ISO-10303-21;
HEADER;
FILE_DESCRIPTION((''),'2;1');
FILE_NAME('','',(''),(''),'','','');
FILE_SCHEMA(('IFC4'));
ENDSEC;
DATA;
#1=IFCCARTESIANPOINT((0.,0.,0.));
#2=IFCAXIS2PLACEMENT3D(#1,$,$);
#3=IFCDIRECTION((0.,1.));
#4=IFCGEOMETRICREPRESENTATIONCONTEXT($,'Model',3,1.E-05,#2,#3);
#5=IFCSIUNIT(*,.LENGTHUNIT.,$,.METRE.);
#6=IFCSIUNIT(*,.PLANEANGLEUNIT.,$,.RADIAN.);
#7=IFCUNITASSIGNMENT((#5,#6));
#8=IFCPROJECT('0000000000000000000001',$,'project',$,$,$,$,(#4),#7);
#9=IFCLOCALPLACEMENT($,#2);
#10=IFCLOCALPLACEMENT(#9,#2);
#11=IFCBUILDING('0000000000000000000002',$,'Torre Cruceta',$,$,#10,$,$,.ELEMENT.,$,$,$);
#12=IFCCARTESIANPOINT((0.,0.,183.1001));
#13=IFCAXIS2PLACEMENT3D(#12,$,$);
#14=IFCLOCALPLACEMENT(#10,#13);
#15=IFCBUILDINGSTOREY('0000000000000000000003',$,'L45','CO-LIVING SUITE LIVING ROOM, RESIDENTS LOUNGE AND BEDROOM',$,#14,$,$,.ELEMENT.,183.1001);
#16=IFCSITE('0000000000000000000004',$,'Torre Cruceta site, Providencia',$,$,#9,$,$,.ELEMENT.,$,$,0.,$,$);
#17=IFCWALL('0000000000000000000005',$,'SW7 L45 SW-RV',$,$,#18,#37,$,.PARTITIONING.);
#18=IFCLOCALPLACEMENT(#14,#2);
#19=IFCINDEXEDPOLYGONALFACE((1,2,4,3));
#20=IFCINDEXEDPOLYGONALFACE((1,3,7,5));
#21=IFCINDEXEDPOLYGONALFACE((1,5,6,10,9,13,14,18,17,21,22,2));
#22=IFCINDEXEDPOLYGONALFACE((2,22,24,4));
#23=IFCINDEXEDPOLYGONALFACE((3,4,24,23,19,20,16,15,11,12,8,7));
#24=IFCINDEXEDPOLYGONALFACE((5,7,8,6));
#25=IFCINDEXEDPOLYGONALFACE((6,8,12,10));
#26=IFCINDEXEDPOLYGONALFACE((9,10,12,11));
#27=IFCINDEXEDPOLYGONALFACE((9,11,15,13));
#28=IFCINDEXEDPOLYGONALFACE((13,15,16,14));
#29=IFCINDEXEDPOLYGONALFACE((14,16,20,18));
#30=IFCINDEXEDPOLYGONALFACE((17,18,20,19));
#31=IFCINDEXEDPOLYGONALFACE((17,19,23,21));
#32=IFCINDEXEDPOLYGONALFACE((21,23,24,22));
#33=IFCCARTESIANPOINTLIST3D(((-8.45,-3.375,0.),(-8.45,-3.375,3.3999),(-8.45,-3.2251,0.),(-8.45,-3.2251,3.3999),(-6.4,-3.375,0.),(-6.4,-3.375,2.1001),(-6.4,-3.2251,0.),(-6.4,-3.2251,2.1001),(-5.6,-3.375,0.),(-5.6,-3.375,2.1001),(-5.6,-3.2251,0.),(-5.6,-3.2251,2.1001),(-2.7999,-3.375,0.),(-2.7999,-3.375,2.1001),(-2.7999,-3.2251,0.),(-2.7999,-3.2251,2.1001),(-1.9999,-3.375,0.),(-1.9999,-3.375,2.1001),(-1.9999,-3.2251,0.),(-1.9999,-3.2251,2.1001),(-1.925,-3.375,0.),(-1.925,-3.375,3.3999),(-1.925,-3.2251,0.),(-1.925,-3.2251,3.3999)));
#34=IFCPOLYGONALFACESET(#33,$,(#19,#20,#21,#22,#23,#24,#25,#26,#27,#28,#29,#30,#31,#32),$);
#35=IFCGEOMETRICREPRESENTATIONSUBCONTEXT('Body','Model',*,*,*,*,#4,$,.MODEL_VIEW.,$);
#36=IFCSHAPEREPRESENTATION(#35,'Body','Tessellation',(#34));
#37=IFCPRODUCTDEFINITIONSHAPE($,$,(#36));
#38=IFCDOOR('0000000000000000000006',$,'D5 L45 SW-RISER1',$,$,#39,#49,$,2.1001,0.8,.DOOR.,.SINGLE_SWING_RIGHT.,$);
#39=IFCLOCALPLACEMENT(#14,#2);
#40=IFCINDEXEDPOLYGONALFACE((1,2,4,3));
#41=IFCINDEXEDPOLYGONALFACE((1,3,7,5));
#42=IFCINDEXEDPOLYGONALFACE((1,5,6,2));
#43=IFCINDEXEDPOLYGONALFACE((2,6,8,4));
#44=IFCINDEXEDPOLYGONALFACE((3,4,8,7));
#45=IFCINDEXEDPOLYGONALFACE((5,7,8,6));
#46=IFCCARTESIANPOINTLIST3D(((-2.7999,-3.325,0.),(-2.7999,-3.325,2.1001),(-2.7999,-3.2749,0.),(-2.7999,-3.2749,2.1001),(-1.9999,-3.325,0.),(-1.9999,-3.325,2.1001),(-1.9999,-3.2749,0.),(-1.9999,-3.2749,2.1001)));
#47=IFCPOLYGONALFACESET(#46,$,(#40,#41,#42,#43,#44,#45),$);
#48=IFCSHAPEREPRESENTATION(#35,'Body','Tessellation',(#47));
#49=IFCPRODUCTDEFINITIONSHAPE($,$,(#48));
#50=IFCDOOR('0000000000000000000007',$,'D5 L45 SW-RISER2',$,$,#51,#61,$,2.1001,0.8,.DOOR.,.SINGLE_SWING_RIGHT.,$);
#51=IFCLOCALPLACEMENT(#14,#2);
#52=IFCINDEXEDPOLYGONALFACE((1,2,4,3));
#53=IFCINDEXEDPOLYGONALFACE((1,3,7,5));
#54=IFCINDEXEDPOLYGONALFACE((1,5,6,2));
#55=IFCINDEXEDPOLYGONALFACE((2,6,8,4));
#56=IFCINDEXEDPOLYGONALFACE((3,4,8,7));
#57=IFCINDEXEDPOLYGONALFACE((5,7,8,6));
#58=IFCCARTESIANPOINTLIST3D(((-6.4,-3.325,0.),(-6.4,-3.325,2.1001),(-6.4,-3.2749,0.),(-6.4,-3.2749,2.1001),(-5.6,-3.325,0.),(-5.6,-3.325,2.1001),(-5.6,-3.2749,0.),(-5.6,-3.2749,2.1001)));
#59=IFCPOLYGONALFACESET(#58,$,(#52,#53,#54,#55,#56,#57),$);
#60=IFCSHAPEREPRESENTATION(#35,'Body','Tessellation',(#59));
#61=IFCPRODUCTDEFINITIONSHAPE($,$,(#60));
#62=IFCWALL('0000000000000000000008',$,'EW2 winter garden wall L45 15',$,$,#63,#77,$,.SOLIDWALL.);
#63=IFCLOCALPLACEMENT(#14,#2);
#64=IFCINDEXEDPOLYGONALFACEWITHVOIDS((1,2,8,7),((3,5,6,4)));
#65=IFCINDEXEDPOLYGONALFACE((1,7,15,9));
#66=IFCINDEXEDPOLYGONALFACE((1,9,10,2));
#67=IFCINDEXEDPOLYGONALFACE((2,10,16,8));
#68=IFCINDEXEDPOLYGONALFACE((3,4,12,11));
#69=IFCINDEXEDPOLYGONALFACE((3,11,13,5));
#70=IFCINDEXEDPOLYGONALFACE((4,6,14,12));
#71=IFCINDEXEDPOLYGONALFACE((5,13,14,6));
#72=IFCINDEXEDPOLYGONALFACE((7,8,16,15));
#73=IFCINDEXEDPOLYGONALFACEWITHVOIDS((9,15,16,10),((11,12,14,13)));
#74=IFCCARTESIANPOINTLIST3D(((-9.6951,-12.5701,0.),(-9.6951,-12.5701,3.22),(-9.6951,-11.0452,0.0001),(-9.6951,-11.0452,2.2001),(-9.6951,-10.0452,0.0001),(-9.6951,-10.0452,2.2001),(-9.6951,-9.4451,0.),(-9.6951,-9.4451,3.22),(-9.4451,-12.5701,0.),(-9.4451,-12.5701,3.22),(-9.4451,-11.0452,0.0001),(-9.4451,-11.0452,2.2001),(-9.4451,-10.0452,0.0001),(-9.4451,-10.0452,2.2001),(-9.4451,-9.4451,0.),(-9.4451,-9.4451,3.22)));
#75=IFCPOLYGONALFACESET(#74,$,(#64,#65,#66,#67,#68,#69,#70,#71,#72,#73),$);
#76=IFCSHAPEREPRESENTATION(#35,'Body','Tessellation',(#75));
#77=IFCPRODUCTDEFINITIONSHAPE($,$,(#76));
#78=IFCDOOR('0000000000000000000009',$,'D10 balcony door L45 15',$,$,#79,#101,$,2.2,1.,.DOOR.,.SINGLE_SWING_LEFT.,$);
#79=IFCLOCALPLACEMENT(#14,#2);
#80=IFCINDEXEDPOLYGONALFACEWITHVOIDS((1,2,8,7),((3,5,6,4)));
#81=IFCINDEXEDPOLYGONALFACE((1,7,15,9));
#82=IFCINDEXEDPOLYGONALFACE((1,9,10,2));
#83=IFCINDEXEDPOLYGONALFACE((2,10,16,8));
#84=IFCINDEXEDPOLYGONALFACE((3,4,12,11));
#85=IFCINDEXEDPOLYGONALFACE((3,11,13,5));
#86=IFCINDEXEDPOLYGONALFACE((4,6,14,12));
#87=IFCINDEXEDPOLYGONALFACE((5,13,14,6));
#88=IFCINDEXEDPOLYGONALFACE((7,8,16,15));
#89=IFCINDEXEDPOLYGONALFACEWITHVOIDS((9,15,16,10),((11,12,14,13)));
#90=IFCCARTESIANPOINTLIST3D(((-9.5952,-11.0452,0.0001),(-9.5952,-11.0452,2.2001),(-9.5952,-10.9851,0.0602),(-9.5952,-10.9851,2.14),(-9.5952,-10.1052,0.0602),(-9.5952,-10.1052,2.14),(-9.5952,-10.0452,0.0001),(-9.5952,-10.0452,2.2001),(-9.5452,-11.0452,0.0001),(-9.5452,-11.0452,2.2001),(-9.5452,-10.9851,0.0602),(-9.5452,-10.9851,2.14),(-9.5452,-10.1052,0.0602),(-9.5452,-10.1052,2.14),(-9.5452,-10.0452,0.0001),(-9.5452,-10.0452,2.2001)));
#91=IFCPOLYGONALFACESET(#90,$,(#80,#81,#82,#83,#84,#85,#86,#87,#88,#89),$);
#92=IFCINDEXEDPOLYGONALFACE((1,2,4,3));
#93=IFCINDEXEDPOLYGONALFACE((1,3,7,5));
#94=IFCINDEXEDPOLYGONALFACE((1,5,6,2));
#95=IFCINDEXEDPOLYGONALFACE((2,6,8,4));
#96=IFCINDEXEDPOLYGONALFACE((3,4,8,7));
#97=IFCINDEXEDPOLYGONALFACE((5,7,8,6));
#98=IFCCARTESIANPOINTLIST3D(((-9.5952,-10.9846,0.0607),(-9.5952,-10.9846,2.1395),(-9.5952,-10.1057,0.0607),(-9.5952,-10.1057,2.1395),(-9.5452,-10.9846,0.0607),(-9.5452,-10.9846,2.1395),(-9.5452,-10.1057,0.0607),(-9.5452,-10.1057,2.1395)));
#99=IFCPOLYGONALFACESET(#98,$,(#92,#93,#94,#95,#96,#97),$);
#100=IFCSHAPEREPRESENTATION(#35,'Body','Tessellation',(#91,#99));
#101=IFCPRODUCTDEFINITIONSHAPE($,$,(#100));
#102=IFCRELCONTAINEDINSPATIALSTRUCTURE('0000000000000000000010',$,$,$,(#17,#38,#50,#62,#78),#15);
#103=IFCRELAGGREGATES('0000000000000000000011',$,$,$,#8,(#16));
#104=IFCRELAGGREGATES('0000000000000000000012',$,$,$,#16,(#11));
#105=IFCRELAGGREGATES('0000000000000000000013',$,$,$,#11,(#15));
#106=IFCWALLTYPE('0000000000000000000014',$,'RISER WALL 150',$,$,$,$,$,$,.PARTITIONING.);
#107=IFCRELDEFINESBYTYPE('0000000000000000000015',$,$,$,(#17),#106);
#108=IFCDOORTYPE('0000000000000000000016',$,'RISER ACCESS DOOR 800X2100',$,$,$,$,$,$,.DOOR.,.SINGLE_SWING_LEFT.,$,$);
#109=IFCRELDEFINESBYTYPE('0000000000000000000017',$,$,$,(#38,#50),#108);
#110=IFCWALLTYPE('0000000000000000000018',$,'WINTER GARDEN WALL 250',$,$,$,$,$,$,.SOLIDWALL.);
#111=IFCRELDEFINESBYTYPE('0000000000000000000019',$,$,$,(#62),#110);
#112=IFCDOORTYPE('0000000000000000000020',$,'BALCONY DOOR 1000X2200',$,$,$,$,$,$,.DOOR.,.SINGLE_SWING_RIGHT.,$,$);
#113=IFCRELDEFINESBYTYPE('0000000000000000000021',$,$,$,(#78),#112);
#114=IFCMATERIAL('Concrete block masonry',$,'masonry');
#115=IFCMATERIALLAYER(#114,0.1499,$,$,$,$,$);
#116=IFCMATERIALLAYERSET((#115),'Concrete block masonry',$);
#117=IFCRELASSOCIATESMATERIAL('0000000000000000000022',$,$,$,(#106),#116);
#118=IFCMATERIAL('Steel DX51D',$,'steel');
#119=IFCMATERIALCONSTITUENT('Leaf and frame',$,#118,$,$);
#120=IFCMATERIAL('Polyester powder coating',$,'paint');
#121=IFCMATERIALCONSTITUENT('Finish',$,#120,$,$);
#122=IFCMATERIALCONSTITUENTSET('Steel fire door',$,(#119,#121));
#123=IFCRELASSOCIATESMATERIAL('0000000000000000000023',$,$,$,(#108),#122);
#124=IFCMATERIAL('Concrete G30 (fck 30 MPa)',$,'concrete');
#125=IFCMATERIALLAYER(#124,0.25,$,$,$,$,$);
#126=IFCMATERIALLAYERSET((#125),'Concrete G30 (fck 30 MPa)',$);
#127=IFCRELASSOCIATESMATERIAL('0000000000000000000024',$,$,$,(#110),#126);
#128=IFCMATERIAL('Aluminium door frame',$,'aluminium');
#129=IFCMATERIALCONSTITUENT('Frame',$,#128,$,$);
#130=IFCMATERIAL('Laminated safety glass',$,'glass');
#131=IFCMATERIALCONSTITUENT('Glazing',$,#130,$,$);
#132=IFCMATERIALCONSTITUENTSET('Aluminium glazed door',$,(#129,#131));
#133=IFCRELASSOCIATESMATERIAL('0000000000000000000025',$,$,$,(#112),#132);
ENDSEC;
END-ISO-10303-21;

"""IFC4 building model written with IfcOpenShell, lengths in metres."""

from ifc_helpers import new_model, si_unit, direction, frame, frame_2d, origin, place, context, subcontext, project, spatial, rectangle, hollow_rectangle, extrude, material, layer, layer_set, constituent, constituent_set, type_object, element, fill, save


model = new_model("IFC4")

# Units and contexts
model_context = context("Model", 3, precision=1e-05, world=origin(), true_north=direction((0.0, 1.0)))
body_context = subcontext(model_context, "Body", "Model", "MODEL_VIEW")
ifc_project = project(units=[si_unit("LENGTHUNIT", "METRE"), si_unit("PLANEANGLEUNIT", "RADIAN")], contexts=[model_context])

# Site, building, storey
site_placement = place(None, origin())
site = spatial("IfcSite", under=ifc_project, at=site_placement, Name="Torre Cruceta site, Providencia", CompositionType="ELEMENT", RefElevation=0.0)
building_placement = place(site_placement, origin())
building = spatial("IfcBuilding", under=site, at=building_placement, Name="Torre Cruceta", CompositionType="ELEMENT")
storey_placement = place(building_placement, frame((0.0, 0.0, 183.1001)))
storey = spatial("IfcBuildingStorey", under=building, at=storey_placement, Name="L45", Description="CO-LIVING SUITE LIVING ROOM, RESIDENTS LOUNGE AND BEDROOM", CompositionType="ELEMENT", Elevation=183.1001)

# Wall, openings, doors
ifc_material_1 = material(Name="Concrete block masonry", Category="masonry")
ifc_layer_1 = layer(ifc_material_1, 0.1499)
ifc_layer_set_1 = layer_set([ifc_layer_1], Name="Concrete block masonry")
wall_type_1 = type_object("IfcWallType", Name="RISER WALL 150", PredefinedType="PARTITIONING", material=ifc_layer_set_1)
wall_1_placement = place(storey_placement, frame((-1.925, -3.3, 0.0), z_axis=(0.0, 0.0, 1.0), x_axis=(-1.0, 0.0, 0.0)))
wall_1 = element("IfcWall", 1, at=wall_1_placement, inside=storey, type_object=wall_type_1, Name="SW7 L45 SW-RV", PredefinedType="PARTITIONING", context=body_context, shape_type="SweptSolid", body=[
    extrude(rectangle(XDim=6.5249, YDim=0.1499, at=frame_2d((3.2625, 0.0))), origin(), (0.0, 0.0, 1.0), 3.3999),
])
opening_1_placement = place(wall_1_placement, frame((0.075, 0.0, 0.0)))
opening_1 = element("IfcOpeningElement", 2, at=opening_1_placement, cuts=wall_1, PredefinedType="OPENING", context=body_context, shape_type="SweptSolid", body=[
    extrude(rectangle(XDim=0.8, YDim=2.1001, at=frame_2d((0.3999, 1.05))), frame((0.0, 0.085, 0.0), z_axis=(0.0, -1.0, 0.0), x_axis=(1.0, 0.0, 0.0)), (0.0, 0.0, 1.0), 0.1699),
])
opening_2_placement = place(wall_1_placement, frame((3.675, 0.0, 0.0)))
opening_2 = element("IfcOpeningElement", 3, at=opening_2_placement, cuts=wall_1, PredefinedType="OPENING", context=body_context, shape_type="SweptSolid", body=[
    extrude(rectangle(XDim=0.8, YDim=2.1001, at=frame_2d((0.3999, 1.05))), frame((0.0, 0.085, 0.0), z_axis=(0.0, -1.0, 0.0), x_axis=(1.0, 0.0, 0.0)), (0.0, 0.0, 1.0), 0.1699),
])
ifc_material_2 = material(Name="Steel DX51D", Category="steel")
ifc_constituent_1 = constituent(ifc_material_2, Name="Leaf and frame")
ifc_material_3 = material(Name="Polyester powder coating", Category="paint")
ifc_constituent_2 = constituent(ifc_material_3, Name="Finish")
ifc_constituent_set_1 = constituent_set(constituents=[ifc_constituent_1, ifc_constituent_2], Name="Steel fire door")
door_type_1 = type_object("IfcDoorType", Name="RISER ACCESS DOOR 800X2100", OperationType="SINGLE_SWING_LEFT", PredefinedType="DOOR", material=ifc_constituent_set_1)
door_1_placement = place(opening_1_placement, frame((0.8, 0.0, 0.0), z_axis=(0.0, 0.0, 1.0), x_axis=(-1.0, 0.0, 0.0)))
door_1 = element("IfcDoor", 4, at=door_1_placement, inside=storey, type_object=door_type_1, Name="D5 L45 SW-RISER1", OperationType="SINGLE_SWING_RIGHT", OverallHeight=2.1001, OverallWidth=0.8, PredefinedType="DOOR", context=body_context, shape_type="SweptSolid", body=[
    extrude(rectangle(XDim=0.8, YDim=2.1001, at=frame_2d((0.4001, 1.05))), frame((0.0, 0.0251, 0.0), z_axis=(0.0, -1.0, 0.0), x_axis=(1.0, 0.0, 0.0)), (0.0, 0.0, 1.0), 0.05),
])
fill(opening_1, door_1)
door_2_placement = place(opening_2_placement, frame((0.8, 0.0, 0.0), z_axis=(0.0, 0.0, 1.0), x_axis=(-1.0, 0.0, 0.0)))
door_2 = element("IfcDoor", 5, at=door_2_placement, inside=storey, type_object=door_type_1, Name="D5 L45 SW-RISER2", OperationType="SINGLE_SWING_RIGHT", OverallHeight=2.1001, OverallWidth=0.8, PredefinedType="DOOR", context=body_context, shape_type="SweptSolid", body=[
    extrude(rectangle(XDim=0.8, YDim=2.1001, at=frame_2d((0.4001, 1.05))), frame((0.0, 0.0251, 0.0), z_axis=(0.0, -1.0, 0.0), x_axis=(1.0, 0.0, 0.0)), (0.0, 0.0, 1.0), 0.05),
])
fill(opening_2, door_2)

# Wall, opening, door
ifc_material_4 = material(Name="Concrete G30 (fck 30 MPa)", Category="concrete")
ifc_layer_2 = layer(ifc_material_4, 0.25)
ifc_layer_set_2 = layer_set([ifc_layer_2], Name="Concrete G30 (fck 30 MPa)")
wall_type_2 = type_object("IfcWallType", Name="WINTER GARDEN WALL 250", PredefinedType="SOLIDWALL", material=ifc_layer_set_2)
wall_2_placement = place(storey_placement, frame((-9.5701, -9.4451, 0.0), z_axis=(0.0, 0.0, 1.0), x_axis=(0.0, -1.0, 0.0)))
wall_2 = element("IfcWall", 6, at=wall_2_placement, inside=storey, type_object=wall_type_2, Name="EW2 winter garden wall L45 15", PredefinedType="SOLIDWALL", context=body_context, shape_type="SweptSolid", body=[
    extrude(rectangle(XDim=3.125, YDim=0.25, at=frame_2d((1.5625, 0.0))), origin(), (0.0, 0.0, 1.0), 3.22),
])
opening_3_placement = place(wall_2_placement, frame((0.6001, 0.0, 0.0)))
opening_3 = element("IfcOpeningElement", 7, at=opening_3_placement, cuts=wall_2, PredefinedType="OPENING", context=body_context, shape_type="SweptSolid", body=[
    extrude(rectangle(XDim=1.0, YDim=2.2, at=frame_2d((0.5, 1.1001))), frame((0.0, 0.135, 0.0), z_axis=(0.0, -1.0, 0.0), x_axis=(1.0, 0.0, 0.0)), (0.0, 0.0, 1.0), 0.27),
])
ifc_material_5 = material(Name="Aluminium door frame", Category="aluminium")
ifc_constituent_3 = constituent(ifc_material_5, Name="Frame")
ifc_material_6 = material(Name="Laminated safety glass", Category="glass")
ifc_constituent_4 = constituent(ifc_material_6, Name="Glazing")
ifc_constituent_set_2 = constituent_set(constituents=[ifc_constituent_3, ifc_constituent_4], Name="Aluminium glazed door")
door_type_2 = type_object("IfcDoorType", Name="BALCONY DOOR 1000X2200", OperationType="SINGLE_SWING_RIGHT", PredefinedType="DOOR", material=ifc_constituent_set_2)
door_3_placement = place(opening_3_placement, origin())
door_3 = element("IfcDoor", 8, at=door_3_placement, inside=storey, type_object=door_type_2, Name="D10 balcony door L45 15", OperationType="SINGLE_SWING_LEFT", OverallHeight=2.2, OverallWidth=1.0, PredefinedType="DOOR", context=body_context, shape_type="SweptSolid", body=[
    extrude(hollow_rectangle(XDim=1.0, YDim=2.2, WallThickness=0.0601, at=frame_2d((0.5, 1.1001))), frame((0.0, 0.0249, 0.0), z_axis=(0.0, -1.0, 0.0), x_axis=(1.0, 0.0, 0.0)), (0.0, 0.0, 1.0), 0.05),
    extrude(rectangle(XDim=0.8789, YDim=2.0789, at=frame_2d((0.5, 1.1001))), frame((0.0, 0.0249, 0.0), z_axis=(0.0, -1.0, 0.0), x_axis=(1.0, 0.0, 0.0)), (0.0, 0.0, 1.0), 0.05),
])
fill(opening_3, door_3)

save(model, "model.ifc")
